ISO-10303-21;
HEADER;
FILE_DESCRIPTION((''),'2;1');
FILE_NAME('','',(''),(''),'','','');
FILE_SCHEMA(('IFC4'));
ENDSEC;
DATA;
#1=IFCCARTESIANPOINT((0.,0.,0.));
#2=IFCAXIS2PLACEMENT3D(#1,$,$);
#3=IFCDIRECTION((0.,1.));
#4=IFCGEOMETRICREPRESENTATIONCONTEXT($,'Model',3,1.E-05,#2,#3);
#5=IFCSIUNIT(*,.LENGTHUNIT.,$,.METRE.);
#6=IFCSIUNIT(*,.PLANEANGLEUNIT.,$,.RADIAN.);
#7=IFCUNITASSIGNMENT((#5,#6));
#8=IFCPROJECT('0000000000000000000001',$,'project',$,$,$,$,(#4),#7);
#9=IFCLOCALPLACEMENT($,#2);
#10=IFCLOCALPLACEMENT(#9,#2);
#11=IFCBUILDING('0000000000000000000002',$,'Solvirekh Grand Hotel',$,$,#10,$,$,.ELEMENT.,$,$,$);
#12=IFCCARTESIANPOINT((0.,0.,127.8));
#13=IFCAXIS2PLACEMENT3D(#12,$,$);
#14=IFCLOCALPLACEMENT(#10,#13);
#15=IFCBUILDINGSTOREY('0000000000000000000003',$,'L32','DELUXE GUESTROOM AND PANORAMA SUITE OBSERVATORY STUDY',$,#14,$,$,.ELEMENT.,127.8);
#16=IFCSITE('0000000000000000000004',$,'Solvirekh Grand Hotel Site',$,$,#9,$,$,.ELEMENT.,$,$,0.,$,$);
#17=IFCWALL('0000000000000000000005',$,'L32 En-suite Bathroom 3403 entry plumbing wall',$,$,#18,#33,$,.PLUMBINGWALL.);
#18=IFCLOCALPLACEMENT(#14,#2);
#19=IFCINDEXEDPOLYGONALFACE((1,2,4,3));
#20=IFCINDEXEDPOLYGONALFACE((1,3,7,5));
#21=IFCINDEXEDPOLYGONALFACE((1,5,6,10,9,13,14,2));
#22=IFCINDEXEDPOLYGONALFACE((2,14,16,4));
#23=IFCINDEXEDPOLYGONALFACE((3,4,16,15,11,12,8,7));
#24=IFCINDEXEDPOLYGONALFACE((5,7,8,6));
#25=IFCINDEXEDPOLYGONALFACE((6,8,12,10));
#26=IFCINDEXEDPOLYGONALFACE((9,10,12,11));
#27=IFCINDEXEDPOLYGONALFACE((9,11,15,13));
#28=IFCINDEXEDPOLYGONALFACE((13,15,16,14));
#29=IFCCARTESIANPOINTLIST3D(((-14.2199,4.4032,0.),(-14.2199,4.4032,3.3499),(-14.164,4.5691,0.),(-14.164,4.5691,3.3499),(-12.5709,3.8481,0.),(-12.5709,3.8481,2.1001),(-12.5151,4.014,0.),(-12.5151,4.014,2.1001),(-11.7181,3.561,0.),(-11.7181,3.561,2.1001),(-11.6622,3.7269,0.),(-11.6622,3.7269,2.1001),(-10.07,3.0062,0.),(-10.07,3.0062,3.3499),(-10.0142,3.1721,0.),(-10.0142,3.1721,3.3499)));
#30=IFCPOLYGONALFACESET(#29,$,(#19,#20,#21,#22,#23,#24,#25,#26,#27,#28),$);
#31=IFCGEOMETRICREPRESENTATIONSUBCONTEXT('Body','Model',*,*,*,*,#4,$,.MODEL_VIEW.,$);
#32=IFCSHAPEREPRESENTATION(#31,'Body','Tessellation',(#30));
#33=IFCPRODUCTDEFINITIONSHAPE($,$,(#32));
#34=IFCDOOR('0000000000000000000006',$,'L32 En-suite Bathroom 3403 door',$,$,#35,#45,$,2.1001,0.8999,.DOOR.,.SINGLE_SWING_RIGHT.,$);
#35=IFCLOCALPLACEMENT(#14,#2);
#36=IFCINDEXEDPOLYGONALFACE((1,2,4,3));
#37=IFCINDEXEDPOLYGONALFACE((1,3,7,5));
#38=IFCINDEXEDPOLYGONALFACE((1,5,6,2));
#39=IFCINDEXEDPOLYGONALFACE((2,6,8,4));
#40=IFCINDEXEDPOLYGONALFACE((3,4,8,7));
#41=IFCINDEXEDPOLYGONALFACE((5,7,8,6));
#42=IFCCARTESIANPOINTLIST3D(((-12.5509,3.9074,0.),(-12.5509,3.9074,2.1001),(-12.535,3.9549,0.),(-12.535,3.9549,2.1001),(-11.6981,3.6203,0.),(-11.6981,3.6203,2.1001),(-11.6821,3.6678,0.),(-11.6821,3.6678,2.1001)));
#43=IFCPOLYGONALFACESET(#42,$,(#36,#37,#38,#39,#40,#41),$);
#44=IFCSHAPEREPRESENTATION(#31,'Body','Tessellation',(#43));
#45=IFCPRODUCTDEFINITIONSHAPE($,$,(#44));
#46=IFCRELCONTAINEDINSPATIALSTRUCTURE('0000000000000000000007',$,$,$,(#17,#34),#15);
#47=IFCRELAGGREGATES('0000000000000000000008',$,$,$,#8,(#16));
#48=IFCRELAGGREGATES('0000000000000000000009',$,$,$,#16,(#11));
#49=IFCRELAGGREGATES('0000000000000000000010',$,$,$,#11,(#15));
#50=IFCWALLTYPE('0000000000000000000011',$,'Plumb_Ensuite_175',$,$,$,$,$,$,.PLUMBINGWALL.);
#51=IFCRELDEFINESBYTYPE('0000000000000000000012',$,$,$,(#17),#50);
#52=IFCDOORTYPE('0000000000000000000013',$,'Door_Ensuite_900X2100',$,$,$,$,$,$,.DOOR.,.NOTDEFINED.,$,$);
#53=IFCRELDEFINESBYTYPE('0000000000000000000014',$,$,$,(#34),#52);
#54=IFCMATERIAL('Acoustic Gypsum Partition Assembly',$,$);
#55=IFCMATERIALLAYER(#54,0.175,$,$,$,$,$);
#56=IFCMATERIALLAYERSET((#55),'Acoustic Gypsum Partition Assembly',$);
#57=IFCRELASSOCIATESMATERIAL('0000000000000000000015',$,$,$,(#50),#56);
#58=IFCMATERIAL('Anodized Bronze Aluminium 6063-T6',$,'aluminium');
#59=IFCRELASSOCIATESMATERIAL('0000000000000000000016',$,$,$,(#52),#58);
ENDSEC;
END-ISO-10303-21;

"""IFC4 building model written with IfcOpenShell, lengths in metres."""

from ifc_helpers import new_model, si_unit, direction, frame, frame_2d, origin, place, context, subcontext, project, spatial, rectangle, extrude, material, layer, layer_set, type_object, element, fill, save


model = new_model("IFC4")

# Units and contexts
model_context = context("Model", 3, precision=1e-05, world=origin(), true_north=direction((0.0, 1.0)))
body_context = subcontext(model_context, "Body", "Model", "MODEL_VIEW")
ifc_project = project(units=[si_unit("LENGTHUNIT", "METRE"), si_unit("PLANEANGLEUNIT", "RADIAN")], contexts=[model_context])

# Site, building, storey
site_placement = place(None, origin())
site = spatial("IfcSite", under=ifc_project, at=site_placement, Name="Solvirekh Grand Hotel Site", CompositionType="ELEMENT", RefElevation=0.0)
building_placement = place(site_placement, origin())
building = spatial("IfcBuilding", under=site, at=building_placement, Name="Solvirekh Grand Hotel", CompositionType="ELEMENT")
storey_placement = place(building_placement, frame((0.0, 0.0, 127.8)))
storey = spatial("IfcBuildingStorey", under=building, at=storey_placement, Name="L32", Description="DELUXE GUESTROOM AND PANORAMA SUITE OBSERVATORY STUDY", CompositionType="ELEMENT", Elevation=127.8)

# Shared definitions
ifc_material_1 = material(Name="Anodized Bronze Aluminium 6063-T6", Category="aluminium")

# Shared definitions
ifc_material_2 = material(Name="Acoustic Gypsum Partition Assembly")

# Shared definitions
ifc_layer_1 = layer(ifc_material_2, 0.175)
ifc_layer_set_1 = layer_set([ifc_layer_1], Name="Acoustic Gypsum Partition Assembly")
wall_type_1 = type_object("IfcWallType", Name="Plumb_Ensuite_175", PredefinedType="PLUMBINGWALL", material=ifc_layer_set_1)

# Wall, opening, door
wall_1_placement = place(storey_placement, frame((-10.042, 3.0891, 0.0), z_axis=(0.0, 0.0, 1.0), x_axis=(-0.947742, 0.319036, 0.0)))
wall_1 = element("IfcWall", 1, at=wall_1_placement, inside=storey, type_object=wall_type_1, Name="L32 En-suite Bathroom 3403 entry plumbing wall", PredefinedType="PLUMBINGWALL", context=body_context, shape_type="SweptSolid", body=[
    extrude(rectangle(XDim=4.3787, YDim=0.175, at=frame_2d((2.1895, 0.0))), origin(), (0.0, 0.0, 1.0), 3.3499),
])
opening_1_placement = place(wall_1_placement, frame((1.739, 0.0, 0.0)))
opening_1 = element("IfcOpeningElement", 2, at=opening_1_placement, cuts=wall_1, PredefinedType="OPENING", context=body_context, shape_type="SweptSolid", body=[
    extrude(rectangle(XDim=0.8999, YDim=2.1001, at=frame_2d((0.45, 1.05))), frame((0.0, 0.0977, 0.0), z_axis=(0.0, -1.0, 0.0), x_axis=(1.0, 0.0, 0.0)), (0.0, 0.0, 1.0), 0.1951),
])
door_type_1 = type_object("IfcDoorType", Name="Door_Ensuite_900X2100", OperationType="NOTDEFINED", PredefinedType="DOOR", material=ifc_material_1)
door_1_placement = place(opening_1_placement, origin())
door_1 = element("IfcDoor", 3, at=door_1_placement, inside=storey, type_object=door_type_1, Name="L32 En-suite Bathroom 3403 door", OperationType="SINGLE_SWING_RIGHT", OverallHeight=2.1001, OverallWidth=0.8999, PredefinedType="DOOR", context=body_context, shape_type="SweptSolid", body=[
    extrude(rectangle(XDim=0.8999, YDim=2.1001, at=frame_2d((0.45, 1.05))), frame((0.0, 0.0249, 0.0), z_axis=(0.0, -1.0, 0.0), x_axis=(1.0, 0.0, 0.0)), (0.0, 0.0, 1.0), 0.05),
])
fill(opening_1, door_1)

save(model, "model.ifc")
